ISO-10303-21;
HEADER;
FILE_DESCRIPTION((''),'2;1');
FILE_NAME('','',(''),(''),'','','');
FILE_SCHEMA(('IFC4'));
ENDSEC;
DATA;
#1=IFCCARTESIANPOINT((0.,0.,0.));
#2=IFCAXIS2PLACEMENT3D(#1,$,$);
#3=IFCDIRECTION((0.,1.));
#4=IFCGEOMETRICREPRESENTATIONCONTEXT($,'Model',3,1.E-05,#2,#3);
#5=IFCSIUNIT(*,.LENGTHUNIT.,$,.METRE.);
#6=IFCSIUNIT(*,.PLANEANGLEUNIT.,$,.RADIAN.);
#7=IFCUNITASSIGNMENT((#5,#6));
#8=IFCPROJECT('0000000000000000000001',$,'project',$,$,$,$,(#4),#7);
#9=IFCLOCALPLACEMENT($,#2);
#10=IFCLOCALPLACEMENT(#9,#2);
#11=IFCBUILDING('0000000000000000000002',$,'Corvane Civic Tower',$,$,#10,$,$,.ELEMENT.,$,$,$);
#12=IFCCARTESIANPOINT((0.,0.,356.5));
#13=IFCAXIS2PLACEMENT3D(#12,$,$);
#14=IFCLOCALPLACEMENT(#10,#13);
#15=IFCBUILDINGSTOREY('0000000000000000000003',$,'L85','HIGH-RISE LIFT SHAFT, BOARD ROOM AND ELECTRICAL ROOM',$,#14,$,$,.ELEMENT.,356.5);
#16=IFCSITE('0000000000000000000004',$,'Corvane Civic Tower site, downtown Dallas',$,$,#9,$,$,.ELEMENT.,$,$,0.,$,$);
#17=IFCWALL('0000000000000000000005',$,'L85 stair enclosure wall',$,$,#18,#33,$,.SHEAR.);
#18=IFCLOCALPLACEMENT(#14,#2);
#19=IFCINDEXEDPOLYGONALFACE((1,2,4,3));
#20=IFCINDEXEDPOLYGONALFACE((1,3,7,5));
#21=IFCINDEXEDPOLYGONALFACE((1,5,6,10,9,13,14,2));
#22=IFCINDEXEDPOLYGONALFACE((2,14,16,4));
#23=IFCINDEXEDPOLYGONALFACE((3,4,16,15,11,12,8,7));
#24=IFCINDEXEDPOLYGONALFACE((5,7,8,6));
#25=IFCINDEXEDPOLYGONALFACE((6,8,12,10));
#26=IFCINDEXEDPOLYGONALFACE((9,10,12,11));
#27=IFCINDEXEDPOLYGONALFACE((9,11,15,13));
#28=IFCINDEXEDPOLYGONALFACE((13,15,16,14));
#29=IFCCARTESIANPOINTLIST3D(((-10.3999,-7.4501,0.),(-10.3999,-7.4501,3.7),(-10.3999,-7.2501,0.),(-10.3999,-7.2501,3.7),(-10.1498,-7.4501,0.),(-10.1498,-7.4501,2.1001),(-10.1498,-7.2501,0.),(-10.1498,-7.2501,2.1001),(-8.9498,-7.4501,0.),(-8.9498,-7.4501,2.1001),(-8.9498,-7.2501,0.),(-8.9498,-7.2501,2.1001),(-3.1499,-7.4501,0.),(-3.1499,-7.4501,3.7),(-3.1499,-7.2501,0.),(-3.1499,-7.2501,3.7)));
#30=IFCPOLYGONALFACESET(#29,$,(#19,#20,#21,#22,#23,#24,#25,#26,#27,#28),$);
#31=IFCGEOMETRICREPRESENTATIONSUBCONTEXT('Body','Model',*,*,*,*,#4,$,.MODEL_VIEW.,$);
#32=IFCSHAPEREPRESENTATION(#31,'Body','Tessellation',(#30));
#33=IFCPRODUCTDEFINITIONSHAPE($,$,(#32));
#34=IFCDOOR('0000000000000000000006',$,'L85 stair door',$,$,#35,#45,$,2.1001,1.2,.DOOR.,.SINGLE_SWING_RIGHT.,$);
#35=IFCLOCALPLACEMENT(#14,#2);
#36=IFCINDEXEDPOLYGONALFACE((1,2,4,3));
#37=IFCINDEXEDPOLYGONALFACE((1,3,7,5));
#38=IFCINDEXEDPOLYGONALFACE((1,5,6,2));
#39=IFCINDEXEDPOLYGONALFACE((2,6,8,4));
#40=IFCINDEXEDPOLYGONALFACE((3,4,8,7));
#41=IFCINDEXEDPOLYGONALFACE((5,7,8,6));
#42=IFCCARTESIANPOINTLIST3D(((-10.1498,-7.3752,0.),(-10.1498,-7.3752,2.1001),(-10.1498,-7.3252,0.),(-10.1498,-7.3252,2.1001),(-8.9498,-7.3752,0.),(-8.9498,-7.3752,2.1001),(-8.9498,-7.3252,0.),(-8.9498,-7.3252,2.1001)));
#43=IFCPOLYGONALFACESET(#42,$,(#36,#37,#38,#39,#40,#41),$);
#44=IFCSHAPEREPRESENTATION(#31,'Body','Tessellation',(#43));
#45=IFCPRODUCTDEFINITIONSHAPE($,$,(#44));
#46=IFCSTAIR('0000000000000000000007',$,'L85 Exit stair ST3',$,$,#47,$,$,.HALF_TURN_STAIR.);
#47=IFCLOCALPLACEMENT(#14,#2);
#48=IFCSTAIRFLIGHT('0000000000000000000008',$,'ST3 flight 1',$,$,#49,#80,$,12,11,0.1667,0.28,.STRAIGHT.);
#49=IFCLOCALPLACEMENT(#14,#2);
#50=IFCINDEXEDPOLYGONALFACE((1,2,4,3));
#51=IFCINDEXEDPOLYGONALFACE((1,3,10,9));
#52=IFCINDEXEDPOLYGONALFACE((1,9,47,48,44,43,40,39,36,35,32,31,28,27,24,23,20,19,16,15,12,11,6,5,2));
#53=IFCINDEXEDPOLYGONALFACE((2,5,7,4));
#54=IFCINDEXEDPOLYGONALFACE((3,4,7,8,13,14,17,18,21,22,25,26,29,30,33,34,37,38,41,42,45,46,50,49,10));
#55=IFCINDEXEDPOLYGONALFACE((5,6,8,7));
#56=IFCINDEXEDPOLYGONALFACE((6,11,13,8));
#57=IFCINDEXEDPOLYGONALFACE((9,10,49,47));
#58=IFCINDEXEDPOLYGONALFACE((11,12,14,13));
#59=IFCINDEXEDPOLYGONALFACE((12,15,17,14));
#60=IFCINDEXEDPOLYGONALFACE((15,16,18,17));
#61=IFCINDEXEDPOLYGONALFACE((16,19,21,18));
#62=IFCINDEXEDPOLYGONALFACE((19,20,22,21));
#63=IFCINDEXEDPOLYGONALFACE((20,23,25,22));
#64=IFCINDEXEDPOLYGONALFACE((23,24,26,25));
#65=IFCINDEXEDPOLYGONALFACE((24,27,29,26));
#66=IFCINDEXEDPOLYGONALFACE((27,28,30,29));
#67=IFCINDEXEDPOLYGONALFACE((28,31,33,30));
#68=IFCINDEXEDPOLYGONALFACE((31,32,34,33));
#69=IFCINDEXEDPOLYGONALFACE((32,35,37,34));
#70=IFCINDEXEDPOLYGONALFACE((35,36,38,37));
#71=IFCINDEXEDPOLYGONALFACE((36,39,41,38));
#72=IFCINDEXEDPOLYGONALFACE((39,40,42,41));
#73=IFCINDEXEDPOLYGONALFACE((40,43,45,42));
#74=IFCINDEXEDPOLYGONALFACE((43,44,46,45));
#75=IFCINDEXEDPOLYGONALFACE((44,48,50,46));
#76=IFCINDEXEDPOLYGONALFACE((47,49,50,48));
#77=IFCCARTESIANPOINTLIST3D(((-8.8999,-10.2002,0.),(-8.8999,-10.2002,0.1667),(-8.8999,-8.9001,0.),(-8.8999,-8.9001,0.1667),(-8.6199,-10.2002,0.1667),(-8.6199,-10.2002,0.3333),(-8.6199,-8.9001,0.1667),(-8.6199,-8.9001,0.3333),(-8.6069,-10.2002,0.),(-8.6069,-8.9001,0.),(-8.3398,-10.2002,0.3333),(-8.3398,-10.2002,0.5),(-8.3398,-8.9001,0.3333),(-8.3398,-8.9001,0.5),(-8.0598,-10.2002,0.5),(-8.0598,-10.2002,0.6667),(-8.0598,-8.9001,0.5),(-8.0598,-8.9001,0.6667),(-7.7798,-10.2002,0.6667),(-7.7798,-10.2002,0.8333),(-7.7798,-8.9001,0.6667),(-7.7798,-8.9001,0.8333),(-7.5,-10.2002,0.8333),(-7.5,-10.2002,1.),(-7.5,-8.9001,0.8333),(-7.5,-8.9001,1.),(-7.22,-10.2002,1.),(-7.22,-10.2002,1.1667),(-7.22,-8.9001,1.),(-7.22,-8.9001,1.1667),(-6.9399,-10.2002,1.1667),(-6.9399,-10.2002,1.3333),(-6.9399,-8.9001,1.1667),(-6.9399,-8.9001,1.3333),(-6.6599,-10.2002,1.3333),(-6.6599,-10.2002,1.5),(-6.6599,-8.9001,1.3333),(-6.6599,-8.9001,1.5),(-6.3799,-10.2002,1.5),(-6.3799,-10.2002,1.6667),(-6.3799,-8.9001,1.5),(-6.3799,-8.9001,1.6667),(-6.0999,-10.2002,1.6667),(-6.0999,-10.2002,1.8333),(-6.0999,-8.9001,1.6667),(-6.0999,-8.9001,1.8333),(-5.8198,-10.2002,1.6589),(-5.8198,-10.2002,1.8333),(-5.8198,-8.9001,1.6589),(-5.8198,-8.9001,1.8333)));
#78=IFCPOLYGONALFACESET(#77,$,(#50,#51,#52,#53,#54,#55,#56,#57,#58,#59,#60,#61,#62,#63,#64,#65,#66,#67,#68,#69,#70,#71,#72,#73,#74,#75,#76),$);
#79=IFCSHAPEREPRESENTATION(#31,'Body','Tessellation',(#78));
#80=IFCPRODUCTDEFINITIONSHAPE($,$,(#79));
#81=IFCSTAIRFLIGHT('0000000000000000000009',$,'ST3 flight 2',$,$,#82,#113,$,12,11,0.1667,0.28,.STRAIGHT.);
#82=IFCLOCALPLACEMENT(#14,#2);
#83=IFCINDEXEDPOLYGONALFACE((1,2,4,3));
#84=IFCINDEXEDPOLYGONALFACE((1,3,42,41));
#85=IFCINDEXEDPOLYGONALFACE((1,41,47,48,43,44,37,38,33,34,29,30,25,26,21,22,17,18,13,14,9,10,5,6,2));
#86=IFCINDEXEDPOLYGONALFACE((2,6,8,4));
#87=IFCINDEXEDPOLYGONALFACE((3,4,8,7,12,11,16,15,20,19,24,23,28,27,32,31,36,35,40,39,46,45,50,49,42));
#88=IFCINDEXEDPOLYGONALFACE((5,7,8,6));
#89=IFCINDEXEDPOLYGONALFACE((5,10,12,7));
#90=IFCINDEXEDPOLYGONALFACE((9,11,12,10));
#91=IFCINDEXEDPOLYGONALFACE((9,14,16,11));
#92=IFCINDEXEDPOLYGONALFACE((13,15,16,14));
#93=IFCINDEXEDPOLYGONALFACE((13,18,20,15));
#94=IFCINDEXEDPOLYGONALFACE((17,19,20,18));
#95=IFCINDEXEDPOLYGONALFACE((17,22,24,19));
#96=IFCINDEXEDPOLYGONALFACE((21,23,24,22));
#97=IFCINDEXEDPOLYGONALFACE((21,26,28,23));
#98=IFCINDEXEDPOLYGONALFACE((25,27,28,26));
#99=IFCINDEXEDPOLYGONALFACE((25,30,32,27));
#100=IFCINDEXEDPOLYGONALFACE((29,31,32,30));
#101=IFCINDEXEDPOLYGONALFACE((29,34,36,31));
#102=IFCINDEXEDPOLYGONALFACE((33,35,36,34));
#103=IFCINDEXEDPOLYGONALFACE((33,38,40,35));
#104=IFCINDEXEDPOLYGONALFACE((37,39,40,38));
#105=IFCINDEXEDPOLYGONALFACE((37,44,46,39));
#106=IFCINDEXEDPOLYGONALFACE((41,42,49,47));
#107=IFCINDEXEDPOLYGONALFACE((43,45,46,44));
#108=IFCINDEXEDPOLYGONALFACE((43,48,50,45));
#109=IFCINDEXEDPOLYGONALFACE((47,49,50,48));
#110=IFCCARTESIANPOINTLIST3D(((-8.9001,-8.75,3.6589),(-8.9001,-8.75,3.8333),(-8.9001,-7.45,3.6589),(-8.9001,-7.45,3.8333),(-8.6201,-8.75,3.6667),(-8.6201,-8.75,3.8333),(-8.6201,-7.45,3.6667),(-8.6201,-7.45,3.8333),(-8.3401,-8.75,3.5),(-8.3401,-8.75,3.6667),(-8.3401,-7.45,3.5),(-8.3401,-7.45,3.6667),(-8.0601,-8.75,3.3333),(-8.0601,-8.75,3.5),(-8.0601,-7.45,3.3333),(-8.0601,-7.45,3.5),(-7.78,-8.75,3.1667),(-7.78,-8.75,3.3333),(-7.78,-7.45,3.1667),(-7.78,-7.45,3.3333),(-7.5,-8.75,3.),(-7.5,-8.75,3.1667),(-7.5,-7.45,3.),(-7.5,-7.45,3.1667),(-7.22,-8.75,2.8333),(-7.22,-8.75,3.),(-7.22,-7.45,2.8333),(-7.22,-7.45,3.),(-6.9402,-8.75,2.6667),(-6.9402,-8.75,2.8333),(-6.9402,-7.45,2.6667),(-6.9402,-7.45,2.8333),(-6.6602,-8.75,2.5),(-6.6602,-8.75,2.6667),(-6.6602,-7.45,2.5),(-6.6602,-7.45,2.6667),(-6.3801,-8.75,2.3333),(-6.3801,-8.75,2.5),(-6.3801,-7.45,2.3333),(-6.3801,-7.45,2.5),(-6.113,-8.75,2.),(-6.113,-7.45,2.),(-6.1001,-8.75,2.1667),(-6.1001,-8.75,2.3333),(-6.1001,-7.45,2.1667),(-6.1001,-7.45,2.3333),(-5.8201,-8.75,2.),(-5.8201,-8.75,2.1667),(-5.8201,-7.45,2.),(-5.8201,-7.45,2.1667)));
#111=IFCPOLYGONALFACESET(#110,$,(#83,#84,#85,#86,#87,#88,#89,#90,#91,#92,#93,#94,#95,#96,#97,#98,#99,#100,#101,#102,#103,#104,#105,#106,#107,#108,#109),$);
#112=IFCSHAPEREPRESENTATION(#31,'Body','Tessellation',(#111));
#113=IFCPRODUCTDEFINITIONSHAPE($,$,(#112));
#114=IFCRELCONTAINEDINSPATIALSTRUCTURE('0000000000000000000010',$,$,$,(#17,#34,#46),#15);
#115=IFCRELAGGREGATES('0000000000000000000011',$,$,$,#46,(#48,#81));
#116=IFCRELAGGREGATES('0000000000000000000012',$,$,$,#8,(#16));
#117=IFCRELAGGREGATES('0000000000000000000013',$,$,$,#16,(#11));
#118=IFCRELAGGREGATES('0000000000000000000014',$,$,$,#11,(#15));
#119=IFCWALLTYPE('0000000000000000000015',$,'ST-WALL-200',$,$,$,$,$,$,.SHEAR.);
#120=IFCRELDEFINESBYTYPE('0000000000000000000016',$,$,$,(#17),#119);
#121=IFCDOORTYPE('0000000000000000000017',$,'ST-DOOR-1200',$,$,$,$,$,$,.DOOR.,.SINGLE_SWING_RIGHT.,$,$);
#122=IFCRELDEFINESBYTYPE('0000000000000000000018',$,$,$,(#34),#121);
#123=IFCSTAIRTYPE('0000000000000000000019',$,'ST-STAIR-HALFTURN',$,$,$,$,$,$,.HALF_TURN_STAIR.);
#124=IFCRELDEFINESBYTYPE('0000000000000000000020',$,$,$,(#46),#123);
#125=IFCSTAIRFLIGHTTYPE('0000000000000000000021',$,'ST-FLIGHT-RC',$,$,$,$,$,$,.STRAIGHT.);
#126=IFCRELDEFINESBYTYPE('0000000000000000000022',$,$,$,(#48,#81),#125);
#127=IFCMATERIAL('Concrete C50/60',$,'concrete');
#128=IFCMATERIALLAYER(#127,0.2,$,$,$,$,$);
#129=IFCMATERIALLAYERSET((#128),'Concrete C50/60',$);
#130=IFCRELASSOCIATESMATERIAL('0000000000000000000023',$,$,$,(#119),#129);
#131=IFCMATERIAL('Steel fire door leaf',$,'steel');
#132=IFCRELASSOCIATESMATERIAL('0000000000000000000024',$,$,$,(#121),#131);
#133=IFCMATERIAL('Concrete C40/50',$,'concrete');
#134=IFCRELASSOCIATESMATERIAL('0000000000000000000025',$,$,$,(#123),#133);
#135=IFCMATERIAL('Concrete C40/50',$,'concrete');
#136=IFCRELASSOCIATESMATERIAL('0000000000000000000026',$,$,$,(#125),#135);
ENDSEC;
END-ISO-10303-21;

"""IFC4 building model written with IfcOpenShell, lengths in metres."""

from ifc_helpers import new_model, si_unit, direction, frame, frame_2d, origin, place, context, subcontext, project, spatial, polyline, rectangle, outline, extrude, material, layer, layer_set, type_object, element, fill, aggregate, save


model = new_model("IFC4")

# Units and contexts
model_context = context("Model", 3, precision=1e-05, world=origin(), true_north=direction((0.0, 1.0)))
body_context = subcontext(model_context, "Body", "Model", "MODEL_VIEW")
ifc_project = project(units=[si_unit("LENGTHUNIT", "METRE"), si_unit("PLANEANGLEUNIT", "RADIAN")], contexts=[model_context])

# Site, building, storey
site_placement = place(None, origin())
site = spatial("IfcSite", under=ifc_project, at=site_placement, Name="Corvane Civic Tower site, downtown Dallas", CompositionType="ELEMENT", RefElevation=0.0)
building_placement = place(site_placement, origin())
building = spatial("IfcBuilding", under=site, at=building_placement, Name="Corvane Civic Tower", CompositionType="ELEMENT")
storey_placement = place(building_placement, frame((0.0, 0.0, 356.5)))
storey = spatial("IfcBuildingStorey", under=building, at=storey_placement, Name="L85", Description="HIGH-RISE LIFT SHAFT, BOARD ROOM AND ELECTRICAL ROOM", CompositionType="ELEMENT", Elevation=356.5)

# Wall, opening, door
ifc_material_1 = material(Name="Concrete C50/60", Category="concrete")
ifc_layer_1 = layer(ifc_material_1, 0.2)
ifc_layer_set_1 = layer_set([ifc_layer_1], Name="Concrete C50/60")
wall_type_1 = type_object("IfcWallType", Name="ST-WALL-200", PredefinedType="SHEAR", material=ifc_layer_set_1)
wall_1_placement = place(storey_placement, frame((-10.3999, -7.3501, 0.0), z_axis=(0.0, 0.0, 1.0), x_axis=(1.0, 0.0, 0.0)))
wall_1 = element("IfcWall", 1, at=wall_1_placement, inside=storey, type_object=wall_type_1, Name="L85 stair enclosure wall", PredefinedType="SHEAR", context=body_context, shape_type="SweptSolid", body=[
    extrude(rectangle(XDim=7.25, YDim=0.2, at=frame_2d((3.625, 0.0))), origin(), (0.0, 0.0, 1.0), 3.7),
])
opening_1_placement = place(wall_1_placement, frame((0.25, 0.0, 0.0)))
opening_1 = element("IfcOpeningElement", 2, at=opening_1_placement, cuts=wall_1, PredefinedType="OPENING", context=body_context, shape_type="SweptSolid", body=[
    extrude(rectangle(XDim=1.2, YDim=2.1001, at=frame_2d((0.6001, 1.05))), frame((0.0, 0.1099, 0.0), z_axis=(0.0, -1.0, 0.0), x_axis=(1.0, 0.0, 0.0)), (0.0, 0.0, 1.0), 0.22),
])
ifc_material_2 = material(Name="Steel fire door leaf", Category="steel")
door_type_1 = type_object("IfcDoorType", Name="ST-DOOR-1200", OperationType="SINGLE_SWING_RIGHT", PredefinedType="DOOR", material=ifc_material_2)
door_1_placement = place(opening_1_placement, origin())
door_1 = element("IfcDoor", 3, at=door_1_placement, inside=storey, type_object=door_type_1, Name="L85 stair door", OperationType="SINGLE_SWING_RIGHT", OverallHeight=2.1001, OverallWidth=1.2, PredefinedType="DOOR", context=body_context, shape_type="SweptSolid", body=[
    extrude(rectangle(XDim=1.2, YDim=2.1001, at=frame_2d((0.6001, 1.05))), frame((0.0, 0.0249, 0.0), z_axis=(0.0, -1.0, 0.0), x_axis=(1.0, 0.0, 0.0)), (0.0, 0.0, 1.0), 0.05),
])
fill(opening_1, door_1)

# Stair, stair flights
ifc_material_3 = material(Name="Concrete C40/50", Category="concrete")
stair_type = type_object("IfcStairType", Name="ST-STAIR-HALFTURN", PredefinedType="HALF_TURN_STAIR", material=ifc_material_3)
stair_placement = place(storey_placement, origin())
stair = element("IfcStair", 4, at=stair_placement, inside=storey, type_object=stair_type, Name="L85 Exit stair ST3", PredefinedType="HALF_TURN_STAIR")
ifc_material_4 = material(Name="Concrete C40/50", Category="concrete")
stair_flight_type = type_object("IfcStairFlightType", Name="ST-FLIGHT-RC", PredefinedType="STRAIGHT", material=ifc_material_4)
stair_flight_1_placement = place(storey_placement, frame((-8.8999, -9.55, 0.0), z_axis=(0.0, 0.0, 1.0), x_axis=(1.0, 0.0, 0.0)))
stair_flight_1 = element("IfcStairFlight", 5, at=stair_flight_1_placement, type_object=stair_flight_type, Name="ST3 flight 1", NumberOfRisers=12, NumberOfTreads=11, PredefinedType="STRAIGHT", RiserHeight=0.1667, TreadLength=0.28, context=body_context, shape_type="SweptSolid", body=[
    extrude(outline(polyline([(0.0, 0.0), (0.0, 0.1667), (0.28, 0.1667), (0.28, 0.3333), (0.5601, 0.3333), (0.5601, 0.5), (0.8401, 0.5), (0.8401, 0.6667), (1.1201, 0.6667), (1.1201, 0.8333), (1.3999, 0.8333), (1.3999, 1.0), (1.6799, 1.0), (1.6799, 1.1667), (1.96, 1.1667), (1.96, 1.3333), (2.24, 1.3333), (2.24, 1.5), (2.52, 1.5), (2.52, 1.6667), (2.8, 1.6667), (2.8, 1.8333), (3.0801, 1.8333), (3.0801, 2.0), (3.0801, 1.6589), (0.293, 0.0), (0.0, 0.0)])), frame((0.0, 0.6499, 0.0), z_axis=(0.0, -1.0, 0.0), x_axis=(1.0, 0.0, 0.0)), (0.0, 0.0, 1.0), 1.3),
])
stair_flight_2_placement = place(storey_placement, frame((-5.8201, -8.1001, 2.0), z_axis=(0.0, 0.0, 1.0), x_axis=(-1.0, 0.0, 0.0)))
stair_flight_2 = element("IfcStairFlight", 6, at=stair_flight_2_placement, type_object=stair_flight_type, Name="ST3 flight 2", NumberOfRisers=12, NumberOfTreads=11, PredefinedType="STRAIGHT", RiserHeight=0.1667, TreadLength=0.28, context=body_context, shape_type="SweptSolid", body=[
    extrude(outline(polyline([(0.0, 0.0), (0.0, 0.1667), (0.28, 0.1667), (0.28, 0.3333), (0.5601, 0.3333), (0.5601, 0.5), (0.8401, 0.5), (0.8401, 0.6667), (1.1201, 0.6667), (1.1201, 0.8333), (1.3999, 0.8333), (1.3999, 1.0), (1.6799, 1.0), (1.6799, 1.1667), (1.96, 1.1667), (1.96, 1.3333), (2.24, 1.3333), (2.24, 1.5), (2.52, 1.5), (2.52, 1.6667), (2.8, 1.6667), (2.8, 1.8333), (3.0801, 1.8333), (3.0801, 2.0), (3.0801, 1.6589), (0.293, 0.0), (0.0, 0.0)])), frame((0.0, 0.6499, 0.0), z_axis=(0.0, -1.0, 0.0), x_axis=(1.0, 0.0, 0.0)), (0.0, 0.0, 1.0), 1.3),
])
aggregate(stair, [stair_flight_1, stair_flight_2])

save(model, "model.ifc")
